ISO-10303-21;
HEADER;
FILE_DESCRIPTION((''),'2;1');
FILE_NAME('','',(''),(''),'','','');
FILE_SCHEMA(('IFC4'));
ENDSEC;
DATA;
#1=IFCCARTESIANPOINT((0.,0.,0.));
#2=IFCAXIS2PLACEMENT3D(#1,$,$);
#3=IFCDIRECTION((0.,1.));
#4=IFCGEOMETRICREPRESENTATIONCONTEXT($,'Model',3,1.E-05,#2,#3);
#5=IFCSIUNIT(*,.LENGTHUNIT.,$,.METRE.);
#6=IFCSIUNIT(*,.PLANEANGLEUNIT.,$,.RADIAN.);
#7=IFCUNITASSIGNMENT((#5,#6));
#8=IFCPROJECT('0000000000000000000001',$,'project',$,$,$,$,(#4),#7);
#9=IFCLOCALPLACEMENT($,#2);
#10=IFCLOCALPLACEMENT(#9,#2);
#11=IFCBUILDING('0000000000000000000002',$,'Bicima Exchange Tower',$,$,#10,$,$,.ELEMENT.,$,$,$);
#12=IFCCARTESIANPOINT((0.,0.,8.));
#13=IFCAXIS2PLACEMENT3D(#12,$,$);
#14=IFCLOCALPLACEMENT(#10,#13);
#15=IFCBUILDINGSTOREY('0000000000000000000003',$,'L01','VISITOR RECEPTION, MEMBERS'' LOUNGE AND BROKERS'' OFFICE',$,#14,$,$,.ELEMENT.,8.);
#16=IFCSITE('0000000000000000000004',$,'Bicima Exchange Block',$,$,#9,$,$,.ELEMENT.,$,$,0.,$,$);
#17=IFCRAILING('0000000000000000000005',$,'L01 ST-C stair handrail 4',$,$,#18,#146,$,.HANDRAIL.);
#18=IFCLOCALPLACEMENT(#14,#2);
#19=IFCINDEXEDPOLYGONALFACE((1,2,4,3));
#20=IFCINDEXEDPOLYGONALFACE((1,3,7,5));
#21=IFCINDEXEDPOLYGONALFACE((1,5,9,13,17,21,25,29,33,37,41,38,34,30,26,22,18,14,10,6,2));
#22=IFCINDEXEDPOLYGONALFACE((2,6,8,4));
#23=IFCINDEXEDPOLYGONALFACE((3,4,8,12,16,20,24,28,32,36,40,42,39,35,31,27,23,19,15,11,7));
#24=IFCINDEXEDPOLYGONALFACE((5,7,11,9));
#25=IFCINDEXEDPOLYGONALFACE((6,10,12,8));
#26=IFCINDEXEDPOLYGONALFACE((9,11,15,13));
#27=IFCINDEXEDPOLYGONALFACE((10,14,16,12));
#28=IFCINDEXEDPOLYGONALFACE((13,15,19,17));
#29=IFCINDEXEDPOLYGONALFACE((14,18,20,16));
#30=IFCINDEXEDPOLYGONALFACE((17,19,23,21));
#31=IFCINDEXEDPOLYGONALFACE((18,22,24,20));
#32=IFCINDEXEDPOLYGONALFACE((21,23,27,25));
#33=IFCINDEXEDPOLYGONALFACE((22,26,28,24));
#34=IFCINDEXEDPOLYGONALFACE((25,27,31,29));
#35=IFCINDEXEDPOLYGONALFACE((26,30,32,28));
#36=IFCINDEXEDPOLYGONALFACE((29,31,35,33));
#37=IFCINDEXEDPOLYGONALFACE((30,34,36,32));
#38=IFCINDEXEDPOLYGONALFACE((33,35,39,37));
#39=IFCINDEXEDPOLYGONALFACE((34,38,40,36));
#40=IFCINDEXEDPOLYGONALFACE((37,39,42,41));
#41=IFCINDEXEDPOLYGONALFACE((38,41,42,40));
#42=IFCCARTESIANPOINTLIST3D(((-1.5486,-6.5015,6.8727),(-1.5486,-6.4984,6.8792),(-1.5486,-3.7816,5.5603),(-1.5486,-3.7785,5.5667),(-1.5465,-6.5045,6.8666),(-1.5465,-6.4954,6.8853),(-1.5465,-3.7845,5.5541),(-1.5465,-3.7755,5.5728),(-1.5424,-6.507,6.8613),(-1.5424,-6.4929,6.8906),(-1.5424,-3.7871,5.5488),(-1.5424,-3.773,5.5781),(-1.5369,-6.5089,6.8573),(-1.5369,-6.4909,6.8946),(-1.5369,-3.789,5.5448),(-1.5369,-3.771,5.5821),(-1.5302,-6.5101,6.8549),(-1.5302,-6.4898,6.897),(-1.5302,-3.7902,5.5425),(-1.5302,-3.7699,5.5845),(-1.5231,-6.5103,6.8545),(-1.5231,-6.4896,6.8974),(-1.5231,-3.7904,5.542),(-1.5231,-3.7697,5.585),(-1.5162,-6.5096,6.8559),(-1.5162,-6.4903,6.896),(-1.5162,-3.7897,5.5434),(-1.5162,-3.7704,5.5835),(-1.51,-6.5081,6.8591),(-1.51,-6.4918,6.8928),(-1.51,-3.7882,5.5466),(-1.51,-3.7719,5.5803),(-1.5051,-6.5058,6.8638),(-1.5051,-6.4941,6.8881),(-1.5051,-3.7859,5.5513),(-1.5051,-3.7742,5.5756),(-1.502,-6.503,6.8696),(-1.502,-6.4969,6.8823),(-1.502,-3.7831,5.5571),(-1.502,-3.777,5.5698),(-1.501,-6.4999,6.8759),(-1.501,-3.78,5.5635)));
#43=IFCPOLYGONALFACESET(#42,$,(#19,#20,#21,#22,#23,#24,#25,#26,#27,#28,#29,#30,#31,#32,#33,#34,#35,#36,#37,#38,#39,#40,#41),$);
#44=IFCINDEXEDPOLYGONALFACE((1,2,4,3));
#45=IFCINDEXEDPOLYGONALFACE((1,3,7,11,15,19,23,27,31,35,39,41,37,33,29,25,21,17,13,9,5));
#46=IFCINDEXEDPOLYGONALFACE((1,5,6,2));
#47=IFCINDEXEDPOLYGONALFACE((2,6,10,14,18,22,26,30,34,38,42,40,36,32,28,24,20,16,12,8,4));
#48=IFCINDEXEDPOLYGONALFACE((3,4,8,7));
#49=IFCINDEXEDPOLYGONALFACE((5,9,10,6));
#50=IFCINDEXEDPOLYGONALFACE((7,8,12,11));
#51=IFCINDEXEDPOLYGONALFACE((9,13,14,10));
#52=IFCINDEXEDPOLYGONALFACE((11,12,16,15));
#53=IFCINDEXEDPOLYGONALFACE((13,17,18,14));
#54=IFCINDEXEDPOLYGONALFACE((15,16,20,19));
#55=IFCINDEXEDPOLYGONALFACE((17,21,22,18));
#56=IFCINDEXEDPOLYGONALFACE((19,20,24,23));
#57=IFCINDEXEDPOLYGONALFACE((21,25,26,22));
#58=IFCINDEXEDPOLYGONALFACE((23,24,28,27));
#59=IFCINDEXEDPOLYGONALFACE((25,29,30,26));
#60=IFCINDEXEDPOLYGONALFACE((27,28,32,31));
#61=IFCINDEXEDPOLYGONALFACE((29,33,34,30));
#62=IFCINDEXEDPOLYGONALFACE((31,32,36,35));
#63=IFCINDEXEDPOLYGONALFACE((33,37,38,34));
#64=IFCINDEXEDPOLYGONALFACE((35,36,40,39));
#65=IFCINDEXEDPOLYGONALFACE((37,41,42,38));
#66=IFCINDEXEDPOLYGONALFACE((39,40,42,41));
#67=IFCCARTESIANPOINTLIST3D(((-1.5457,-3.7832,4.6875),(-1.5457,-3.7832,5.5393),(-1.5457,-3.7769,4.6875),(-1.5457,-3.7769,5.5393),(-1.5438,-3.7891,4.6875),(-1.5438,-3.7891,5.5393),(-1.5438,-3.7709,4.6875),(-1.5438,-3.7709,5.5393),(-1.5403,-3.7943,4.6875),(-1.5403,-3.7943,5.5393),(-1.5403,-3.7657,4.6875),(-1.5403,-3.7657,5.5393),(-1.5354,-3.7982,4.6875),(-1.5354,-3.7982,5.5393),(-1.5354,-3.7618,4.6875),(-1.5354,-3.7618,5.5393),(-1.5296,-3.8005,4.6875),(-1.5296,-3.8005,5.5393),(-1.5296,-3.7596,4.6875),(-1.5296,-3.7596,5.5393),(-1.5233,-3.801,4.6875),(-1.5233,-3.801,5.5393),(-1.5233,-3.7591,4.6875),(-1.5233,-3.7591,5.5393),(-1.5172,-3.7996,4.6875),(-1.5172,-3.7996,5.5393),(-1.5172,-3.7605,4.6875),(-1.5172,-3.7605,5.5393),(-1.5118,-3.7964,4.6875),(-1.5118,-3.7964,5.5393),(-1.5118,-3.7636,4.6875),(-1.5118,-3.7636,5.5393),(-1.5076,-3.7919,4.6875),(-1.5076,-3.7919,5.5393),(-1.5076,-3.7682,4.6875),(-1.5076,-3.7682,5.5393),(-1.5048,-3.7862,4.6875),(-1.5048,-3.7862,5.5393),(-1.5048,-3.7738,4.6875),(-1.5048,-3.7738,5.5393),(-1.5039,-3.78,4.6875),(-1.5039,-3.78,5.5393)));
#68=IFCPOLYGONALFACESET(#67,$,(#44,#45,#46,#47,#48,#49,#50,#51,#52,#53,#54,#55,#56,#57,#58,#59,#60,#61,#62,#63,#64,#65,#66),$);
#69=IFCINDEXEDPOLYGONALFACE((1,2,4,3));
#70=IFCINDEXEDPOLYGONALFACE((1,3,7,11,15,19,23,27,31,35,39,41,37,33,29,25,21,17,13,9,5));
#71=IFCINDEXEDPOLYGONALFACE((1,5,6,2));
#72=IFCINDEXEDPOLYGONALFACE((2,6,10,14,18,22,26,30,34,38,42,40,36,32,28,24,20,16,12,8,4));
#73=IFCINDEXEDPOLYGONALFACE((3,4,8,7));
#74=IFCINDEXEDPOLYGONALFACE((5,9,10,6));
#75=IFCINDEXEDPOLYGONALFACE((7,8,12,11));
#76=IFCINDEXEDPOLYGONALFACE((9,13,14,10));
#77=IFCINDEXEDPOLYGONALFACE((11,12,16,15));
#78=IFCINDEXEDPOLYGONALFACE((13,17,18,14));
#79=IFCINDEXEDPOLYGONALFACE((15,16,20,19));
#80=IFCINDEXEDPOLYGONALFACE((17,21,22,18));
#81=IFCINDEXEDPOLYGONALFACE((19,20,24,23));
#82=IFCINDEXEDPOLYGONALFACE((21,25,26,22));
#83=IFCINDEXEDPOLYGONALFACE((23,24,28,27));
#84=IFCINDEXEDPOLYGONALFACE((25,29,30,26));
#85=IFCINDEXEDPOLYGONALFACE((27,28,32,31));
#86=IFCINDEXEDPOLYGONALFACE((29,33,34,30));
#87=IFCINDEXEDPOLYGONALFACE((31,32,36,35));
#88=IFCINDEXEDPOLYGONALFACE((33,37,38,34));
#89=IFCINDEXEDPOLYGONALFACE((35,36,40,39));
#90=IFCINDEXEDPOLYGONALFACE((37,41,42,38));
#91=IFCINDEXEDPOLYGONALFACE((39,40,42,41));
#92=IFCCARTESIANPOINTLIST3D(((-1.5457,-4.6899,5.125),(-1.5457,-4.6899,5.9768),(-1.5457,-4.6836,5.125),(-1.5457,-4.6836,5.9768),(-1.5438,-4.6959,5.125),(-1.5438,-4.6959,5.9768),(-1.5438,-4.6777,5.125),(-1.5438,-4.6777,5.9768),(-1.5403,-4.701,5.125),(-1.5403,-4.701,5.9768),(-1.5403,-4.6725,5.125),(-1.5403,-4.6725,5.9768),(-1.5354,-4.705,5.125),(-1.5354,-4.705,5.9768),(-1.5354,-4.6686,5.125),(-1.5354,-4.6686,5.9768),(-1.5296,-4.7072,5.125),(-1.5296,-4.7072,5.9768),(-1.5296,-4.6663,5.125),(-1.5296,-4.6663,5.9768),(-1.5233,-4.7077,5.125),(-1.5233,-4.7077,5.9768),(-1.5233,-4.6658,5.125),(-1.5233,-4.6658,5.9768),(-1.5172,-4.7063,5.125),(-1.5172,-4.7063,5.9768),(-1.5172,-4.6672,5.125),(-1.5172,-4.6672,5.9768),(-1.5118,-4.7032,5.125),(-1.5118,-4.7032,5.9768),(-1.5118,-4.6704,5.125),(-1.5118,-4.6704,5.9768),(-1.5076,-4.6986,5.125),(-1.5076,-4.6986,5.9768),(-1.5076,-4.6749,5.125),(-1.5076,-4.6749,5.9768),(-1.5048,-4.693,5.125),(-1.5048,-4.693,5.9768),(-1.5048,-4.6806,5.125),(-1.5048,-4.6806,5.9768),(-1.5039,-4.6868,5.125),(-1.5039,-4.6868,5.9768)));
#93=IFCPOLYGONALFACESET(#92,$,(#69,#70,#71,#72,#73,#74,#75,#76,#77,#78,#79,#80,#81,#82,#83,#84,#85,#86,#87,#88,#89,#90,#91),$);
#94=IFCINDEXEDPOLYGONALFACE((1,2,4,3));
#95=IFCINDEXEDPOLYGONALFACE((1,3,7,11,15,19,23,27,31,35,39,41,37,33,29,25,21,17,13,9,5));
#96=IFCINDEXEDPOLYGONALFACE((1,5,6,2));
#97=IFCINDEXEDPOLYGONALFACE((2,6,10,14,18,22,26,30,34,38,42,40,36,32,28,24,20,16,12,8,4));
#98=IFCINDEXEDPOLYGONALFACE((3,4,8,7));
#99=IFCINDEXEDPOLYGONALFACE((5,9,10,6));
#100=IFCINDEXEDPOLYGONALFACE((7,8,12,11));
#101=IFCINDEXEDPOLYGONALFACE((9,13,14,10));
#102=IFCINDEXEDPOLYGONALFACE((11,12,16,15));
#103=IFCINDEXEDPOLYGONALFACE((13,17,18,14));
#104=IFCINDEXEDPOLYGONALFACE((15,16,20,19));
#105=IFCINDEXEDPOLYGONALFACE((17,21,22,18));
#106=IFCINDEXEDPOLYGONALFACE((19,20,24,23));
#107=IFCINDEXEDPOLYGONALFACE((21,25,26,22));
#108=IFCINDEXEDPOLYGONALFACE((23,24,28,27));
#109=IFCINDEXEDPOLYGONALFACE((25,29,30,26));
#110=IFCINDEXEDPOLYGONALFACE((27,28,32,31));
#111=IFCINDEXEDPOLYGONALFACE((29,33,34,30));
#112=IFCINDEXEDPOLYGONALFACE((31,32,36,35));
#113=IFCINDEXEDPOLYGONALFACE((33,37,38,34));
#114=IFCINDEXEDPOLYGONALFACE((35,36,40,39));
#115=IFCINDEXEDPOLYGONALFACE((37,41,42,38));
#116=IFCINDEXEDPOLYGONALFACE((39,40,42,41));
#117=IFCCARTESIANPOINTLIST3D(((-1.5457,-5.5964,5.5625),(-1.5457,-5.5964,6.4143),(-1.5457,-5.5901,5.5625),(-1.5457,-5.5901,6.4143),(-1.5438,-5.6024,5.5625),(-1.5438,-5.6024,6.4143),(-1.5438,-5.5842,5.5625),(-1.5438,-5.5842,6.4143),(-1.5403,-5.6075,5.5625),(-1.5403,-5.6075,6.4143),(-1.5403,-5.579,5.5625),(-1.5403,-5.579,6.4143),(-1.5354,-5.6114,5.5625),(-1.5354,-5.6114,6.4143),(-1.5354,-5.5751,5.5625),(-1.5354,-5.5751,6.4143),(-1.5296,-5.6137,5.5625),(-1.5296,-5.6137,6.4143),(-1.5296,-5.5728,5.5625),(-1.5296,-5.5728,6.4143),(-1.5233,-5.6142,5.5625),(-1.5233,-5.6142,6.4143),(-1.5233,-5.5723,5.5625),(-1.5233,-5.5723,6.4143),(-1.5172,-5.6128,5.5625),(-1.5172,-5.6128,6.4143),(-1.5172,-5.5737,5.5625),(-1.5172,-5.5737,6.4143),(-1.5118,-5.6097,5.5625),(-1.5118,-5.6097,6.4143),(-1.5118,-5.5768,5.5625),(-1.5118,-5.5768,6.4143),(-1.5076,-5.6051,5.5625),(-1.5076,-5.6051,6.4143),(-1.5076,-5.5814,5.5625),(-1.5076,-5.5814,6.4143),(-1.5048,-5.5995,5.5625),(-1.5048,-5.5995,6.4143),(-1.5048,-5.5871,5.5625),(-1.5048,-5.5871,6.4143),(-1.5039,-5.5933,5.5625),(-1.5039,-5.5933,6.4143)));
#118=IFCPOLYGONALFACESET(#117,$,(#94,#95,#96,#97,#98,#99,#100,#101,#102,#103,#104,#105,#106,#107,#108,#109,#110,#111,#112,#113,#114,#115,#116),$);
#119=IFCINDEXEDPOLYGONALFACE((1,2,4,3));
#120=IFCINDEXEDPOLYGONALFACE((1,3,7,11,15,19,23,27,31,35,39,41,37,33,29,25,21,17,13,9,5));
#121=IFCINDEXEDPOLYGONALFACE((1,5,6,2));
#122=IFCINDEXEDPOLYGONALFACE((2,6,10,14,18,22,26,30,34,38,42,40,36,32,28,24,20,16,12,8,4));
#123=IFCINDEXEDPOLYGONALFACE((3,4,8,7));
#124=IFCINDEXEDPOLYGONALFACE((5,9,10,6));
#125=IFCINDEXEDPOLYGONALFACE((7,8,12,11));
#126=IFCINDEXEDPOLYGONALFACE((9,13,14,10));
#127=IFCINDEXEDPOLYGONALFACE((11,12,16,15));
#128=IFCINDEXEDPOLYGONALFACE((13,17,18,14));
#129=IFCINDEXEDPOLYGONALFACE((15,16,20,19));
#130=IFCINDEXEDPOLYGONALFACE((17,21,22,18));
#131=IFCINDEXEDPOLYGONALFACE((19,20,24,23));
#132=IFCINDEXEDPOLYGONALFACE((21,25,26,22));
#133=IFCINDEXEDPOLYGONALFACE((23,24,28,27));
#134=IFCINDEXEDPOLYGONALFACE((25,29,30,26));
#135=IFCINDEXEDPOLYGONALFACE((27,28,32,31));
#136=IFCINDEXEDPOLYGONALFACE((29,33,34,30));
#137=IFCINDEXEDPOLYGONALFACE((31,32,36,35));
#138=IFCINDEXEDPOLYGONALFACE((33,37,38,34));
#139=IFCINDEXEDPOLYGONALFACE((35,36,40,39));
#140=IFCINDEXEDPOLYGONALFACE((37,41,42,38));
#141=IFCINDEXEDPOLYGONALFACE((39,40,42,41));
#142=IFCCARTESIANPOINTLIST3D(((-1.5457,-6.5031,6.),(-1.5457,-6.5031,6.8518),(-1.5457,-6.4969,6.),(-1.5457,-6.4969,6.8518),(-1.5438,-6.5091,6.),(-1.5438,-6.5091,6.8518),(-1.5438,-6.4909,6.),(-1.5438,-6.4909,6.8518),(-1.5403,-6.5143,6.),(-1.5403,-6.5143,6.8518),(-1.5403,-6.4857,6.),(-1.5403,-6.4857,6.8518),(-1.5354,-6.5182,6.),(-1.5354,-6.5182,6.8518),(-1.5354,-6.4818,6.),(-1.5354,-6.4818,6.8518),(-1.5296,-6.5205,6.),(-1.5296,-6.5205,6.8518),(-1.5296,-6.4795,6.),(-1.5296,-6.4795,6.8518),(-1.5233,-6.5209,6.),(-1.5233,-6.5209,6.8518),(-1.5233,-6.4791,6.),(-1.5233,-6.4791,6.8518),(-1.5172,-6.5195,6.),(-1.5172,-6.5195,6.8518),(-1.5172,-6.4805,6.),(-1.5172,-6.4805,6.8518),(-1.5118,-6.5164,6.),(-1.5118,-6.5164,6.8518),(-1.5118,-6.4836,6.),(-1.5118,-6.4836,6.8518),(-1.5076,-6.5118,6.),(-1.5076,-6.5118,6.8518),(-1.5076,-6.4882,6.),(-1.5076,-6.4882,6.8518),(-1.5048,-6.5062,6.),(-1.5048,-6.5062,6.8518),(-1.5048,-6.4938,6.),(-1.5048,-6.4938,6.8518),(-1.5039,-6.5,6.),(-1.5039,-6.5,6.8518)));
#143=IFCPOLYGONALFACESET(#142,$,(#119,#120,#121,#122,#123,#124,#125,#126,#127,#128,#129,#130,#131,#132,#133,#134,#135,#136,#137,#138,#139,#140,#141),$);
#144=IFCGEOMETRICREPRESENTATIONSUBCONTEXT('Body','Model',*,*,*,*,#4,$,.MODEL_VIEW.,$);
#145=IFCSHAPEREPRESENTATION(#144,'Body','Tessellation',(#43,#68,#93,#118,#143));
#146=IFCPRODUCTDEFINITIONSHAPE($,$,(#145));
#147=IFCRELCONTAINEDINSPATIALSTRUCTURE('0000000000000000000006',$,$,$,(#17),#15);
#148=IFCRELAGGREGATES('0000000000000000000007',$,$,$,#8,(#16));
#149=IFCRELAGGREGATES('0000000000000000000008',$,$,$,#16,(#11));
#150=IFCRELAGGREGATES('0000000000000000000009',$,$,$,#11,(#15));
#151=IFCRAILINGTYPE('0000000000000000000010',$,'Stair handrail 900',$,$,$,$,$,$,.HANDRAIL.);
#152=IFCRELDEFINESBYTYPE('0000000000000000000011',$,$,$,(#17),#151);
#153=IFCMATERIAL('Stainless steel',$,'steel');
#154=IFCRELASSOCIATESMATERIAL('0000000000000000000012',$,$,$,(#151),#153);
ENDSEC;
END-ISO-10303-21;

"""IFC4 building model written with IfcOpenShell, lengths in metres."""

from ifc_helpers import new_model, si_unit, direction, frame, origin, origin_2d, place, context, subcontext, project, spatial, circle, extrude, material, type_object, element, save


model = new_model("IFC4")

# Units and contexts
model_context = context("Model", 3, precision=1e-05, world=origin(), true_north=direction((0.0, 1.0)))
body_context = subcontext(model_context, "Body", "Model", "MODEL_VIEW")
ifc_project = project(units=[si_unit("LENGTHUNIT", "METRE"), si_unit("PLANEANGLEUNIT", "RADIAN")], contexts=[model_context])

# Site, building, storey
site_placement = place(None, origin())
site = spatial("IfcSite", under=ifc_project, at=site_placement, Name="Bicima Exchange Block", CompositionType="ELEMENT", RefElevation=0.0)
building_placement = place(site_placement, origin())
building = spatial("IfcBuilding", under=site, at=building_placement, Name="Bicima Exchange Tower", CompositionType="ELEMENT")
storey_placement = place(building_placement, frame((0.0, 0.0, 8.0)))
storey = spatial("IfcBuildingStorey", under=building, at=storey_placement, Name="L01", Description="VISITOR RECEPTION, MEMBERS' LOUNGE AND BROKERS' OFFICE", CompositionType="ELEMENT", Elevation=8.0)

# Shared definitions
ifc_material_1 = material(Name="Stainless steel", Category="steel")

# Railing
railing_type = type_object("IfcRailingType", Name="Stair handrail 900", PredefinedType="HANDRAIL", material=ifc_material_1)
for number, where, name in (
    (1, (-1.5249, -3.78, 4.6875), "L01 ST-C stair handrail 4"),
):
    element("IfcRailing", number, at=place(storey_placement, frame(where)), inside=storey, type_object=railing_type, Name=name, PredefinedType="HANDRAIL", context=body_context, shape_type="SweptSolid", body=[
        extrude(circle(Radius=0.0239, at=origin_2d()), frame((0.0, 0.0, 0.876), z_axis=(0.0, -0.900628, 0.434591), x_axis=(1.0, 0.0, 0.0)), (0.0, 0.0, 1.0), 3.02),
        extrude(circle(Radius=0.021, at=origin_2d()), origin(), (0.0, 0.0, 1.0), 0.8518),
        extrude(circle(Radius=0.021, at=origin_2d()), frame((0.0, -0.9067, 0.4375)), (0.0, 0.0, 1.0), 0.8518),
        extrude(circle(Radius=0.021, at=origin_2d()), frame((0.0, -1.8132, 0.875)), (0.0, 0.0, 1.0), 0.8518),
        extrude(circle(Radius=0.021, at=origin_2d()), frame((0.0, -2.72, 1.3125)), (0.0, 0.0, 1.0), 0.8518),
    ])

save(model, "model.ifc")
